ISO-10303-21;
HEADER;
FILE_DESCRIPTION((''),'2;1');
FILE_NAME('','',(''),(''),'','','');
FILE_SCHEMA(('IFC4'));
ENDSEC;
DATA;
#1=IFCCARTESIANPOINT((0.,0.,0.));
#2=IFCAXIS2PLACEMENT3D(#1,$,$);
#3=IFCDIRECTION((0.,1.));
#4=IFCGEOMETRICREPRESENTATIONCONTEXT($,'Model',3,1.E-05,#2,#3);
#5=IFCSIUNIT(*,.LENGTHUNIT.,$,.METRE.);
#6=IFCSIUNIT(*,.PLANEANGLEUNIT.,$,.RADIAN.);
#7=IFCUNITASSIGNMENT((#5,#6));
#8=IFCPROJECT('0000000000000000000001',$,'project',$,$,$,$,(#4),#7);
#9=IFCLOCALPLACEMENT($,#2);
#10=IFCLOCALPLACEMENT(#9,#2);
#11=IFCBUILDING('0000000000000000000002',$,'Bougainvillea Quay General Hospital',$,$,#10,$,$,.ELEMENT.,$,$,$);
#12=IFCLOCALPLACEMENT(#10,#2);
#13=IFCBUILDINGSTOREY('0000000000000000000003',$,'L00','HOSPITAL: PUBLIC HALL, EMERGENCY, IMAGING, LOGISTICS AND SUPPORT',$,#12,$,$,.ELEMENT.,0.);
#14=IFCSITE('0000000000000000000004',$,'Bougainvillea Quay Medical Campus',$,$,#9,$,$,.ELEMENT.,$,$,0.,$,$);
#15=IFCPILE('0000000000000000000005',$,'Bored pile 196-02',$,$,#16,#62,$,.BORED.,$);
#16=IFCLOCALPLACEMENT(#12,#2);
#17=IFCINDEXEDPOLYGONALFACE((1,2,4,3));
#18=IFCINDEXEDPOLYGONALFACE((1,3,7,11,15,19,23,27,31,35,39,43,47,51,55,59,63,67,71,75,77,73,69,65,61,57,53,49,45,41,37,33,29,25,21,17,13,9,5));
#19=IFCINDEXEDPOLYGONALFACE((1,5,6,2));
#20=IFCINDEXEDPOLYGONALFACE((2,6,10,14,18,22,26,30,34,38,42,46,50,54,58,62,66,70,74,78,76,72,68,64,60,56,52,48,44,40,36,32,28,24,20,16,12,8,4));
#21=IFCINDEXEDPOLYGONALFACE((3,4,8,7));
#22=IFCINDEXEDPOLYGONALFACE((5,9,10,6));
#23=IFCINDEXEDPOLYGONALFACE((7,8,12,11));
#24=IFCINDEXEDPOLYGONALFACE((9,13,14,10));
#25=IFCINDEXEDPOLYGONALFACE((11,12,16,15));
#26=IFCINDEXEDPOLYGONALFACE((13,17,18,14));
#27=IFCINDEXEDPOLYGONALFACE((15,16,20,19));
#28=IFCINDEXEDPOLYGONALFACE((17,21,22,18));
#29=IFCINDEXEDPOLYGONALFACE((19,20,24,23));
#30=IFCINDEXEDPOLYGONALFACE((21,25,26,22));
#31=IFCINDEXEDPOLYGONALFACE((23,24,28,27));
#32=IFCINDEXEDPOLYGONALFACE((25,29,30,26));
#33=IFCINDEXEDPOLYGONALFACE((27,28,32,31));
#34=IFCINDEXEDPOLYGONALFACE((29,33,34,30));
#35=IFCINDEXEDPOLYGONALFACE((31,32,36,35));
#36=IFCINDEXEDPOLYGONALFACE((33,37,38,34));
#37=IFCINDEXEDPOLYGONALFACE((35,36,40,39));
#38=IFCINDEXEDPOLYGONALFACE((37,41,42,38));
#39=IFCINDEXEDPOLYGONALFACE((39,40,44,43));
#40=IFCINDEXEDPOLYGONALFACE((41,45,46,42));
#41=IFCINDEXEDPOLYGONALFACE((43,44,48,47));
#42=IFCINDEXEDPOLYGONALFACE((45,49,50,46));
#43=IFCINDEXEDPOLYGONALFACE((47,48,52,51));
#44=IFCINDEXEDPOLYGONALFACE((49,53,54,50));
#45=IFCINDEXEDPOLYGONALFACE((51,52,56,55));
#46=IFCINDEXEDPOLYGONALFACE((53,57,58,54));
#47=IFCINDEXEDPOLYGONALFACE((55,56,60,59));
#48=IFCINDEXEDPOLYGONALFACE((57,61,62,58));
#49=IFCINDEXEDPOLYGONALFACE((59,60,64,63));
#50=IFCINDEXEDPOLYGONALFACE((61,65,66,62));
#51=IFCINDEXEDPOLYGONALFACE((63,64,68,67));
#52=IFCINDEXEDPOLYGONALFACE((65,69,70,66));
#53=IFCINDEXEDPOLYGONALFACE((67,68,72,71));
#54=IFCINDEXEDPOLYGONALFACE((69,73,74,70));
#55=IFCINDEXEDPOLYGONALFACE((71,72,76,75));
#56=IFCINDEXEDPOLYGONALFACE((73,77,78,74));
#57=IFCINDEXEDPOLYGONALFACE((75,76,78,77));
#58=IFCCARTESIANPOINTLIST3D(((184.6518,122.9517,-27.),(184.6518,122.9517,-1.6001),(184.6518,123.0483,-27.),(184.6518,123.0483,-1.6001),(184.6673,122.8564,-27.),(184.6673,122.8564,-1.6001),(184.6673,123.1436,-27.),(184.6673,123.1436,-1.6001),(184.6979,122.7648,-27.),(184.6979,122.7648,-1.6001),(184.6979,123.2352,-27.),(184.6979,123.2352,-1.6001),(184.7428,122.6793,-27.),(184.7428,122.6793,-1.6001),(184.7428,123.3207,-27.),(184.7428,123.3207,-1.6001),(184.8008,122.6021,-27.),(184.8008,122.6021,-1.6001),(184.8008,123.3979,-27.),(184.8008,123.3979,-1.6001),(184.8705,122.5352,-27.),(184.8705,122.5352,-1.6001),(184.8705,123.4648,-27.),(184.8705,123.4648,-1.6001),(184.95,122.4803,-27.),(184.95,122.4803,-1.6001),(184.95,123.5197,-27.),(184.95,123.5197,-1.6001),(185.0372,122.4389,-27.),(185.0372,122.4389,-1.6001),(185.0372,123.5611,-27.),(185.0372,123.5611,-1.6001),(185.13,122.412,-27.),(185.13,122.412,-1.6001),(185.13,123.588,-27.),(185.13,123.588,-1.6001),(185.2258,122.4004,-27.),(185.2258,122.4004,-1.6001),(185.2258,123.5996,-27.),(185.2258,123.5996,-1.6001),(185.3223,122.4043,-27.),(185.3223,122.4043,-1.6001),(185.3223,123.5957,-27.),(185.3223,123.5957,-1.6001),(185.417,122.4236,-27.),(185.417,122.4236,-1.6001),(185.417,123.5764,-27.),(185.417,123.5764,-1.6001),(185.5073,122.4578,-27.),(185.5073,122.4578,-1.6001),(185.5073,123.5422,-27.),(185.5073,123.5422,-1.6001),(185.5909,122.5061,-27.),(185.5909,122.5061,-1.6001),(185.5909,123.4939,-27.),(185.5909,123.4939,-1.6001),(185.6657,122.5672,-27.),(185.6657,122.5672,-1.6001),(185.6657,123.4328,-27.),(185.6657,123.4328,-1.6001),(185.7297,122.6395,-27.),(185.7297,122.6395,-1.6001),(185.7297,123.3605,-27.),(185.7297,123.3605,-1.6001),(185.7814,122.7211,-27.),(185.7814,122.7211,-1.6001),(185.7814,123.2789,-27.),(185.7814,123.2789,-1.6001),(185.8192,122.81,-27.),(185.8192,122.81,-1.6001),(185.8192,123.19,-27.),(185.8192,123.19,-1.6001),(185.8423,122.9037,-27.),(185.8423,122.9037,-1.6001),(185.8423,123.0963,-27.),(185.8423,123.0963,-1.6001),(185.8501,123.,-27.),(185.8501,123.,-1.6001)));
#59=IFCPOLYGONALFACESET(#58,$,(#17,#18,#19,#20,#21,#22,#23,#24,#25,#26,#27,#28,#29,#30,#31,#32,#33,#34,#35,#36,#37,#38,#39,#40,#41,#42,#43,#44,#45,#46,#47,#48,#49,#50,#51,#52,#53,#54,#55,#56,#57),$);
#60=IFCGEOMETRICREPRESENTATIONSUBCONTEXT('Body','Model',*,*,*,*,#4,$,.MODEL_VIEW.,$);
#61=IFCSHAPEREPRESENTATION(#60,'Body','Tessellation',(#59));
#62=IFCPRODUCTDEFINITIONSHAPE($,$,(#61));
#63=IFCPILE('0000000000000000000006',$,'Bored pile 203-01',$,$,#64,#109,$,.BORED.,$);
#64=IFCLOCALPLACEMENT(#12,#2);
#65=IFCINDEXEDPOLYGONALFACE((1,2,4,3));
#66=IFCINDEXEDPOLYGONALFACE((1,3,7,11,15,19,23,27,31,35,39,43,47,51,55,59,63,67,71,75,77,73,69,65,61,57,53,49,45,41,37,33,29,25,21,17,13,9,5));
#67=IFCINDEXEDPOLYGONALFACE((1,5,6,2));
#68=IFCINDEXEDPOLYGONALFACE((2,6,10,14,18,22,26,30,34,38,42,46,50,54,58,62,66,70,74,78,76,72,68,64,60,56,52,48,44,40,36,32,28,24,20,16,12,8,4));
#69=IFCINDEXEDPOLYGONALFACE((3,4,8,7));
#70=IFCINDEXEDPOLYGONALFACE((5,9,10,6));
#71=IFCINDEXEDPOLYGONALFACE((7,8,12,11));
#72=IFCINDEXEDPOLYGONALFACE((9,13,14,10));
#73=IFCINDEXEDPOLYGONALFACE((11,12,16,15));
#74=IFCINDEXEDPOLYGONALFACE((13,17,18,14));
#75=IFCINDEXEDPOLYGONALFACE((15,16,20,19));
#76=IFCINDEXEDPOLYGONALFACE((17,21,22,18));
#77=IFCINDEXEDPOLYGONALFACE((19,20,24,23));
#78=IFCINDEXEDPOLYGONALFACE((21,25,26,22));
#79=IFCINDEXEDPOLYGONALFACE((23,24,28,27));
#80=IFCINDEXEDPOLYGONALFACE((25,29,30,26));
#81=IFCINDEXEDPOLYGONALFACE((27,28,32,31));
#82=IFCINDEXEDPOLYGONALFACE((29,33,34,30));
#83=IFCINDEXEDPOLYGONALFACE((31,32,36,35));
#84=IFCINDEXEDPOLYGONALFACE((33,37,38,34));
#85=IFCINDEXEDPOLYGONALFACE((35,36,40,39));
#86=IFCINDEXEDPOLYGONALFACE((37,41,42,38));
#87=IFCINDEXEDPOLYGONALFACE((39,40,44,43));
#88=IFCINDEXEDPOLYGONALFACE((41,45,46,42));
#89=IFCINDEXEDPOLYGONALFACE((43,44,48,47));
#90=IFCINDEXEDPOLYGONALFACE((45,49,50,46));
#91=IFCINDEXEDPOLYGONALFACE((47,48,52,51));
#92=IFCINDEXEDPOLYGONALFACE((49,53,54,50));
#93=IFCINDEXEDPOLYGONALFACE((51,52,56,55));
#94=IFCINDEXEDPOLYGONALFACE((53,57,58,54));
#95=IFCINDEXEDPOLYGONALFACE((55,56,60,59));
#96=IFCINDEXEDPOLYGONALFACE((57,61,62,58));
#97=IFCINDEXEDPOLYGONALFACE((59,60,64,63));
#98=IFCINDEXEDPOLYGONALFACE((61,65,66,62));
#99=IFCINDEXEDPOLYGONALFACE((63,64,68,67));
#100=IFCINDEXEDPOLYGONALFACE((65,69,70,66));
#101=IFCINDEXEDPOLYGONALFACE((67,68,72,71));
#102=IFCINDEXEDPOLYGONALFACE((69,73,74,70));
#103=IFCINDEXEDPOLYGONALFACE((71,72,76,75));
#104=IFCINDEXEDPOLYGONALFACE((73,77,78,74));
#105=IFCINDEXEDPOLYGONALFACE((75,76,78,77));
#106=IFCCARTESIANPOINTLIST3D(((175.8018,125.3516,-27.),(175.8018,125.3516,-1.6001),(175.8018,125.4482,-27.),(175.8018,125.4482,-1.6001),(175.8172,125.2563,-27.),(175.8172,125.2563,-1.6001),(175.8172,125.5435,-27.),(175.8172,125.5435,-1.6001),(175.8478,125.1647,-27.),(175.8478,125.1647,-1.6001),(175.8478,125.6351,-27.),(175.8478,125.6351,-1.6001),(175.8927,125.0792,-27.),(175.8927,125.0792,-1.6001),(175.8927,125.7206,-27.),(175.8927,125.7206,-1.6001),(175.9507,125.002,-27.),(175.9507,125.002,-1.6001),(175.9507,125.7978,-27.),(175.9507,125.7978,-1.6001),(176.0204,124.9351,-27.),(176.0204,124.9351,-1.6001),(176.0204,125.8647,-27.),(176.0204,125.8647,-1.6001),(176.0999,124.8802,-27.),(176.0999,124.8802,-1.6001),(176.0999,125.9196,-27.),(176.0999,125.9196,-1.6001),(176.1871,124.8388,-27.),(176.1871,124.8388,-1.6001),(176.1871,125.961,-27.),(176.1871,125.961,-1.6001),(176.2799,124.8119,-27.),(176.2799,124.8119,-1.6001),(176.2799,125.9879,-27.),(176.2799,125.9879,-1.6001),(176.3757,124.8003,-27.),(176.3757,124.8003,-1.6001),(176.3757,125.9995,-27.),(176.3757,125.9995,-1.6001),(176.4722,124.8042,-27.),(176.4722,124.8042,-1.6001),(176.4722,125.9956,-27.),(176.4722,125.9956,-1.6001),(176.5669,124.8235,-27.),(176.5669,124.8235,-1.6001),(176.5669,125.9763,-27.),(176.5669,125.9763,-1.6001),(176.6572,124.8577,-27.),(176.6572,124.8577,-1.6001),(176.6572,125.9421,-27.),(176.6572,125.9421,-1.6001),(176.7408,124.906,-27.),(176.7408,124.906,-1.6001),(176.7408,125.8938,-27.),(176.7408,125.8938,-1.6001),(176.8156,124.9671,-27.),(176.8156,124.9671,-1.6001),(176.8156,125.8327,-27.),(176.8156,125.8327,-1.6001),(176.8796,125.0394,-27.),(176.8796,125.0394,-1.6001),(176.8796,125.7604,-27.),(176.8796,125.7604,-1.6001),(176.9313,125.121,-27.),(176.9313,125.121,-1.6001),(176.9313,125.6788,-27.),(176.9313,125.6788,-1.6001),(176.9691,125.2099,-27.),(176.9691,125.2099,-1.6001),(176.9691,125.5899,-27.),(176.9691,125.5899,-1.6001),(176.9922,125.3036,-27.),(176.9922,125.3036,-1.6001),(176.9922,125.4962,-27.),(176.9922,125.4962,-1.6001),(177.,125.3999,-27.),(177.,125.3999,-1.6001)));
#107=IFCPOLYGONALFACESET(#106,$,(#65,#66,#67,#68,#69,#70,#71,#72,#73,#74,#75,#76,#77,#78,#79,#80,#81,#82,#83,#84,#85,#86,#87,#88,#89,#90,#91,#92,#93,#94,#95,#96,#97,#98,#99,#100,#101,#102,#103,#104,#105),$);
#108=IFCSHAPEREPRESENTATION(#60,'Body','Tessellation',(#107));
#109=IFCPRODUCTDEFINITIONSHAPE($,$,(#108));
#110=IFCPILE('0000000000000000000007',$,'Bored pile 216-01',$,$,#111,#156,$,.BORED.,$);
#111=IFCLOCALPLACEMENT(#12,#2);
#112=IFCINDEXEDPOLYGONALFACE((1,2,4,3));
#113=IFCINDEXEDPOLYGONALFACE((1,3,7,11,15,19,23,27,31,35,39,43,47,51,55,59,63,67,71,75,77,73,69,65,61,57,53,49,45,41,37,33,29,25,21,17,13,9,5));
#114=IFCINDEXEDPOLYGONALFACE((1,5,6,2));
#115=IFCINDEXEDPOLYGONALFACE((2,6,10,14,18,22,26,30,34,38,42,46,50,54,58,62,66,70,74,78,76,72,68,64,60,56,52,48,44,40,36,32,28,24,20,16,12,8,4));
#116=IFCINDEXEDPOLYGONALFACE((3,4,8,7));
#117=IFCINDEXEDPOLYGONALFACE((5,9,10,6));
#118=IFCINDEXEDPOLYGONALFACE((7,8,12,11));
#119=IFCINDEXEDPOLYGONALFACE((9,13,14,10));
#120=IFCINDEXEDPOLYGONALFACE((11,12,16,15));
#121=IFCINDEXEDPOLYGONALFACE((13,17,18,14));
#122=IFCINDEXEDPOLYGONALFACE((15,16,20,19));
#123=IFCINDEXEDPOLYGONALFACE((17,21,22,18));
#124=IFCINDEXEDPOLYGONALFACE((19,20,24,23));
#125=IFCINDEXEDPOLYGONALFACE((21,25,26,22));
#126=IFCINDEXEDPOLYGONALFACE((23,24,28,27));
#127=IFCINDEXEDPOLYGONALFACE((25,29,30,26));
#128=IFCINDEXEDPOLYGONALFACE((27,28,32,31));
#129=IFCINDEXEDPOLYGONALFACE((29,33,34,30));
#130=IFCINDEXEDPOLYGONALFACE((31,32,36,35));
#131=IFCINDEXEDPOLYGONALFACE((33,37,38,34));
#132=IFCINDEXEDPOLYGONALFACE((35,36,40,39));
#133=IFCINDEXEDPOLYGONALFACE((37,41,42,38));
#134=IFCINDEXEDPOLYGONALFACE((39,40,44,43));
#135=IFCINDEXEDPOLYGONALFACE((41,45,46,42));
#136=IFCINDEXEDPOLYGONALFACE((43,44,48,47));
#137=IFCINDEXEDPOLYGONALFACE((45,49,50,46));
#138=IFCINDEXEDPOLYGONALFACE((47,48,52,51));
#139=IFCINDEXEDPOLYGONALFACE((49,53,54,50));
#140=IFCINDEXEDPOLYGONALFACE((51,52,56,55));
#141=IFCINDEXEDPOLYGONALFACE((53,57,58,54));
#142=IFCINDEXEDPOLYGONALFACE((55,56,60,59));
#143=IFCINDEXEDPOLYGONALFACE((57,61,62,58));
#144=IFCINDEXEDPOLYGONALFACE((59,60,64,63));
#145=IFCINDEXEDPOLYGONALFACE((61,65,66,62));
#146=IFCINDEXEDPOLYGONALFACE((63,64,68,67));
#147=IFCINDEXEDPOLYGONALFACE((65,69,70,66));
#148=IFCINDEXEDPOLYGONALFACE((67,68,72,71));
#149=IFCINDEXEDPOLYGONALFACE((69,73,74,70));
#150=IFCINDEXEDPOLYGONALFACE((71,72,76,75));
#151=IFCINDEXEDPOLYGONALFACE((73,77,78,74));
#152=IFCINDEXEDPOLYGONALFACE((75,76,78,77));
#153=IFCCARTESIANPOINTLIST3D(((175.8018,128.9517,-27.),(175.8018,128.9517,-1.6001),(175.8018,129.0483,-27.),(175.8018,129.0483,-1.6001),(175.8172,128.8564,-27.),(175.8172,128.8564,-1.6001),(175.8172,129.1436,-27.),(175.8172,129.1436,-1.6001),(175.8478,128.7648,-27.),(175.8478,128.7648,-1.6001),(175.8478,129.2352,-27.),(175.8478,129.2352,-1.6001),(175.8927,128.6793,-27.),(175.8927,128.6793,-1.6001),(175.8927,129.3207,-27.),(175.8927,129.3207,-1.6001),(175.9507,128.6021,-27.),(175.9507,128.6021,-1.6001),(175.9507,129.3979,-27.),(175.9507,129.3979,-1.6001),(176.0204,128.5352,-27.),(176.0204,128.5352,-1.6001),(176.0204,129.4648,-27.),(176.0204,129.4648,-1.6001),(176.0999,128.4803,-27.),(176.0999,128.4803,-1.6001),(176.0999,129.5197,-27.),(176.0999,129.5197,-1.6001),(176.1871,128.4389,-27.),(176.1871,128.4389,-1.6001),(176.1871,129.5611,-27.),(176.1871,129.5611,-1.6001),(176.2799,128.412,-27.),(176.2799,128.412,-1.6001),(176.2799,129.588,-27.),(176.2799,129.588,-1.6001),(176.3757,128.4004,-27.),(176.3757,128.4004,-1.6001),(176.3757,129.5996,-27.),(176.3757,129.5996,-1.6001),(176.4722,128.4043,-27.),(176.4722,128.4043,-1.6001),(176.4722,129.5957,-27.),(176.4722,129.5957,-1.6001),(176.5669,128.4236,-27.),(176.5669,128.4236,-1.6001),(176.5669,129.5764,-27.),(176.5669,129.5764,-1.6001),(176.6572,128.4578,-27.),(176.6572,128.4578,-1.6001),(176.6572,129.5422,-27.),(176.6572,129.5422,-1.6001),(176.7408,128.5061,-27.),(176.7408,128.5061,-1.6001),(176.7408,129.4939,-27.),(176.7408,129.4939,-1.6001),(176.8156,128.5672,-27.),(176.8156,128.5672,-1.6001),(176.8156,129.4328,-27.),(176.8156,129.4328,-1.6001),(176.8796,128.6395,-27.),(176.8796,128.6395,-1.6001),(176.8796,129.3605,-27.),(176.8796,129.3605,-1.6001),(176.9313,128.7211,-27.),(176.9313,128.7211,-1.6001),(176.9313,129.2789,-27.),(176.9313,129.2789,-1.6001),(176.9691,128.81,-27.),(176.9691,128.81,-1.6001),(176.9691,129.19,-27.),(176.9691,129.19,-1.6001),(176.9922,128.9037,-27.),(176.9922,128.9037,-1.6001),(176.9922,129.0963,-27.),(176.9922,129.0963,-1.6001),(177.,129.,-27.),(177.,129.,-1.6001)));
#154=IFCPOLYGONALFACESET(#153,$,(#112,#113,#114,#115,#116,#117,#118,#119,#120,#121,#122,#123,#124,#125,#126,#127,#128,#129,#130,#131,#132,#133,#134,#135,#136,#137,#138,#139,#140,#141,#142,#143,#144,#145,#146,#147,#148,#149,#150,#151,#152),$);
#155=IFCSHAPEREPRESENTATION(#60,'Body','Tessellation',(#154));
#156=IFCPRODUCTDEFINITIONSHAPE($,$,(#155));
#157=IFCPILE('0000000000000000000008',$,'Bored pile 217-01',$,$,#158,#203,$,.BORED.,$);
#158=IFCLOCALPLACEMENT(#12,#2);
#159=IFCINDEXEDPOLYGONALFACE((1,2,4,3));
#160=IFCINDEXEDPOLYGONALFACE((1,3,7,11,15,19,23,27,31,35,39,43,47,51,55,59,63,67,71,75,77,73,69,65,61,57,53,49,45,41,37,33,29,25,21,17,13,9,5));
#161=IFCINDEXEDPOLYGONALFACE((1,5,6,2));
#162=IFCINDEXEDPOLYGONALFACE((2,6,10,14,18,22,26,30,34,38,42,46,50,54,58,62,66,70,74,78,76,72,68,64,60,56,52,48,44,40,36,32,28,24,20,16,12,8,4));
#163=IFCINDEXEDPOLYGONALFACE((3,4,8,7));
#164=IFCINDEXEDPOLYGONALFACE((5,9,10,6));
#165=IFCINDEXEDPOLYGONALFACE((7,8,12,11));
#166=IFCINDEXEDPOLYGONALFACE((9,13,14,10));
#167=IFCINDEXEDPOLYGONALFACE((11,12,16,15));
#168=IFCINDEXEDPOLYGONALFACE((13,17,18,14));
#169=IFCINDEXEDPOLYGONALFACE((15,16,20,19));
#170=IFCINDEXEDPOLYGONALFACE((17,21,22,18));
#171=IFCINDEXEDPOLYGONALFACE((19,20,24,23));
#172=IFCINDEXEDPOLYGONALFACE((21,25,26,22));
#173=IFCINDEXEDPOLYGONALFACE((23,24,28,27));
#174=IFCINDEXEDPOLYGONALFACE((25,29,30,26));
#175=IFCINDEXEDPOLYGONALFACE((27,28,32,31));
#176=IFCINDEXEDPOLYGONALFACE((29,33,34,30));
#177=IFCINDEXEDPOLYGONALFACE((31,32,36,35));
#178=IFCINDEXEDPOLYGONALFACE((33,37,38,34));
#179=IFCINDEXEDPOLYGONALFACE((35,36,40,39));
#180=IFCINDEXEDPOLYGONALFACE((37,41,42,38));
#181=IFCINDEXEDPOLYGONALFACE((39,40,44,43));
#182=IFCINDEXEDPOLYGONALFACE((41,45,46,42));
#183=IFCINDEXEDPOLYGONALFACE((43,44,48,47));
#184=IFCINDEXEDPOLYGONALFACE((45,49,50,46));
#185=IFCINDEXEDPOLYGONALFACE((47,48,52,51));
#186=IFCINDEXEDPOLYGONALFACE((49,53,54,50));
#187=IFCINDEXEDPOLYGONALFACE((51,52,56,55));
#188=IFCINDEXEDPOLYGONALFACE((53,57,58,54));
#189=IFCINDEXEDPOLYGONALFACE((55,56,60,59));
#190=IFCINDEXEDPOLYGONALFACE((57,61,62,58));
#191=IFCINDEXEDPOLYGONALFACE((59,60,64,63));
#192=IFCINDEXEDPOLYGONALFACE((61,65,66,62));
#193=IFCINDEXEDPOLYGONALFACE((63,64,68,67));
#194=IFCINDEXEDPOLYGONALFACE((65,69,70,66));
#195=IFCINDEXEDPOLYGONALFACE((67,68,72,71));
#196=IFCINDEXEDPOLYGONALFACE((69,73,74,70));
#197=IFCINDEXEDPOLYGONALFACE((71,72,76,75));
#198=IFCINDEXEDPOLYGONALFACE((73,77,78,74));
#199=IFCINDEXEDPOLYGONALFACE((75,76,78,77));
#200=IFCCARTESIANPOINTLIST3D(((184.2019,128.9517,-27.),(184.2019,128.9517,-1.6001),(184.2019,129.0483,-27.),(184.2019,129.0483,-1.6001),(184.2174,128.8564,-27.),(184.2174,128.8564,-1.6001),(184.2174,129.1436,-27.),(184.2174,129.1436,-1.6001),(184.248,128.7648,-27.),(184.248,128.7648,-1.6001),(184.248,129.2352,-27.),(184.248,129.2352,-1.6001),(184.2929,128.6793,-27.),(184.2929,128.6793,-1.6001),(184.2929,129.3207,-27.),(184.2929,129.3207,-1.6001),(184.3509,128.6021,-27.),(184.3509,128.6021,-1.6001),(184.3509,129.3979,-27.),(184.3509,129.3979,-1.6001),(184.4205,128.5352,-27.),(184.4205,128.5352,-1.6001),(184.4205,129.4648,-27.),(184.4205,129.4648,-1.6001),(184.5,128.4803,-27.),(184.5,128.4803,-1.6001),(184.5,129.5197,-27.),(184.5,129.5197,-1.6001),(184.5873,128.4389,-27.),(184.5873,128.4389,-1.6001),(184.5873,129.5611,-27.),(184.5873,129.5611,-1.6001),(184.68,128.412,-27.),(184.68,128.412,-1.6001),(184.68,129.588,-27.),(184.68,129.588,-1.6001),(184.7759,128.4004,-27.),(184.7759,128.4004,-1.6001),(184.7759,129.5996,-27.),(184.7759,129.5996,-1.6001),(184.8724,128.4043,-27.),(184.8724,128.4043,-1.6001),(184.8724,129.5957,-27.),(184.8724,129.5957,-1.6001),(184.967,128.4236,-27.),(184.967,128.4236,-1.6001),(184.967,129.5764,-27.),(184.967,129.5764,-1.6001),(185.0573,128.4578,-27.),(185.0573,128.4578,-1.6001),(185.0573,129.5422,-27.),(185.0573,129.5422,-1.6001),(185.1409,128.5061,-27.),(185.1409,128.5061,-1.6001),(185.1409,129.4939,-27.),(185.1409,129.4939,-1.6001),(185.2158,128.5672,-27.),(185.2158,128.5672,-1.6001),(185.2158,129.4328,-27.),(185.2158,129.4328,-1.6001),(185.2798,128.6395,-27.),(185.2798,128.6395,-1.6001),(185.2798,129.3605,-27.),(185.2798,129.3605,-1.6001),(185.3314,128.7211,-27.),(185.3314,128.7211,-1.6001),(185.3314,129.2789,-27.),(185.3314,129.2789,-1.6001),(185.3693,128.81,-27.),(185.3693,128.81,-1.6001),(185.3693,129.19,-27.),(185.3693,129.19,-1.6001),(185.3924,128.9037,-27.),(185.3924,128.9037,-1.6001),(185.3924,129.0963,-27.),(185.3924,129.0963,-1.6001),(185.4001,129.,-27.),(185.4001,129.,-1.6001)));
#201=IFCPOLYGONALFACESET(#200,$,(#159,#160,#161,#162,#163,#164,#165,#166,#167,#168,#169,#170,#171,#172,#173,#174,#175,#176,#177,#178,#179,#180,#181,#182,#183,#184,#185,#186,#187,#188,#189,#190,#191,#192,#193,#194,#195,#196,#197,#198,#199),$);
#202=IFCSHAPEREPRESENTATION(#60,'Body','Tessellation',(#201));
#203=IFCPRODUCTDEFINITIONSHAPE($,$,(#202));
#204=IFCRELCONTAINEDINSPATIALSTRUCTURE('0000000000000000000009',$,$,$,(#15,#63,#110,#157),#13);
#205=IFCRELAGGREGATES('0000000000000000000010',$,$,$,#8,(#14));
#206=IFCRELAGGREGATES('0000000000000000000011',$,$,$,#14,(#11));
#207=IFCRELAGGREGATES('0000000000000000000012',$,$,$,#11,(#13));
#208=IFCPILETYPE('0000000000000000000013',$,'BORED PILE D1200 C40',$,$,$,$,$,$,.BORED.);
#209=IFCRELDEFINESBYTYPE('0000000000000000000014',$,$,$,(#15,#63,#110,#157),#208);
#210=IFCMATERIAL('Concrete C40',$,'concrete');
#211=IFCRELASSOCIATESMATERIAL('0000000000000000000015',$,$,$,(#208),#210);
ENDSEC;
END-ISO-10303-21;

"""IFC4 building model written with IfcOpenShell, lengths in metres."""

from ifc_helpers import new_model, si_unit, direction, frame, origin, origin_2d, place, context, subcontext, project, spatial, circle, extrude, material, material_profile, profile_set, type_object, element, save


model = new_model("IFC4")

# Units and contexts
model_context = context("Model", 3, precision=1e-05, world=origin(), true_north=direction((0.0, 1.0)))
body_context = subcontext(model_context, "Body", "Model", "MODEL_VIEW")
ifc_project = project(units=[si_unit("LENGTHUNIT", "METRE"), si_unit("PLANEANGLEUNIT", "RADIAN")], contexts=[model_context])

# Site, building, storey
site_placement = place(None, origin())
site = spatial("IfcSite", under=ifc_project, at=site_placement, Name="Bougainvillea Quay Medical Campus", CompositionType="ELEMENT", RefElevation=0.0)
building_placement = place(site_placement, origin())
building = spatial("IfcBuilding", under=site, at=building_placement, Name="Bougainvillea Quay General Hospital", CompositionType="ELEMENT")
storey_placement = place(building_placement, origin())
storey = spatial("IfcBuildingStorey", under=building, at=storey_placement, Name="L00", Description="HOSPITAL: PUBLIC HALL, EMERGENCY, IMAGING, LOGISTICS AND SUPPORT", CompositionType="ELEMENT", Elevation=0.0)

# Piles
ifc_material_1 = material(Name="Concrete C40", Category="concrete")
ifc_material_profile_1 = material_profile(ifc_material_1, circle(Radius=0.6001, at=origin_2d()))
ifc_profile_set_1 = profile_set([ifc_material_profile_1], Name="Concrete C40")
pile_type = type_object("IfcPileType", Name="BORED PILE D1200 C40", PredefinedType="BORED", material=ifc_profile_set_1)
for number, where, z_axis, x_axis, name in (
    (1, (185.25, 123.0, -1.6001), (0.0, 0.0, -1.0), (1.0, 0.0, 0.0), "Bored pile 196-02"),
    (2, (176.3999, 125.3999, -1.6001), (0.0, 0.0, -1.0), (1.0, 0.0, 0.0), "Bored pile 203-01"),
    (3, (176.3999, 129.0, -1.6001), (0.0, 0.0, -1.0), (1.0, 0.0, 0.0), "Bored pile 216-01"),
    (4, (184.8, 129.0, -1.6001), (0.0, 0.0, -1.0), (1.0, 0.0, 0.0), "Bored pile 217-01"),
):
    element("IfcPile", number, at=place(storey_placement, frame(where, z_axis=z_axis, x_axis=x_axis)), inside=storey, type_object=pile_type, Name=name, PredefinedType="BORED", context=body_context, shape_type="SweptSolid", body=[
        extrude(circle(Radius=0.6001, at=origin_2d()), origin(), (0.0, 0.0, 1.0), 25.3999),
    ])

save(model, "model.ifc")
